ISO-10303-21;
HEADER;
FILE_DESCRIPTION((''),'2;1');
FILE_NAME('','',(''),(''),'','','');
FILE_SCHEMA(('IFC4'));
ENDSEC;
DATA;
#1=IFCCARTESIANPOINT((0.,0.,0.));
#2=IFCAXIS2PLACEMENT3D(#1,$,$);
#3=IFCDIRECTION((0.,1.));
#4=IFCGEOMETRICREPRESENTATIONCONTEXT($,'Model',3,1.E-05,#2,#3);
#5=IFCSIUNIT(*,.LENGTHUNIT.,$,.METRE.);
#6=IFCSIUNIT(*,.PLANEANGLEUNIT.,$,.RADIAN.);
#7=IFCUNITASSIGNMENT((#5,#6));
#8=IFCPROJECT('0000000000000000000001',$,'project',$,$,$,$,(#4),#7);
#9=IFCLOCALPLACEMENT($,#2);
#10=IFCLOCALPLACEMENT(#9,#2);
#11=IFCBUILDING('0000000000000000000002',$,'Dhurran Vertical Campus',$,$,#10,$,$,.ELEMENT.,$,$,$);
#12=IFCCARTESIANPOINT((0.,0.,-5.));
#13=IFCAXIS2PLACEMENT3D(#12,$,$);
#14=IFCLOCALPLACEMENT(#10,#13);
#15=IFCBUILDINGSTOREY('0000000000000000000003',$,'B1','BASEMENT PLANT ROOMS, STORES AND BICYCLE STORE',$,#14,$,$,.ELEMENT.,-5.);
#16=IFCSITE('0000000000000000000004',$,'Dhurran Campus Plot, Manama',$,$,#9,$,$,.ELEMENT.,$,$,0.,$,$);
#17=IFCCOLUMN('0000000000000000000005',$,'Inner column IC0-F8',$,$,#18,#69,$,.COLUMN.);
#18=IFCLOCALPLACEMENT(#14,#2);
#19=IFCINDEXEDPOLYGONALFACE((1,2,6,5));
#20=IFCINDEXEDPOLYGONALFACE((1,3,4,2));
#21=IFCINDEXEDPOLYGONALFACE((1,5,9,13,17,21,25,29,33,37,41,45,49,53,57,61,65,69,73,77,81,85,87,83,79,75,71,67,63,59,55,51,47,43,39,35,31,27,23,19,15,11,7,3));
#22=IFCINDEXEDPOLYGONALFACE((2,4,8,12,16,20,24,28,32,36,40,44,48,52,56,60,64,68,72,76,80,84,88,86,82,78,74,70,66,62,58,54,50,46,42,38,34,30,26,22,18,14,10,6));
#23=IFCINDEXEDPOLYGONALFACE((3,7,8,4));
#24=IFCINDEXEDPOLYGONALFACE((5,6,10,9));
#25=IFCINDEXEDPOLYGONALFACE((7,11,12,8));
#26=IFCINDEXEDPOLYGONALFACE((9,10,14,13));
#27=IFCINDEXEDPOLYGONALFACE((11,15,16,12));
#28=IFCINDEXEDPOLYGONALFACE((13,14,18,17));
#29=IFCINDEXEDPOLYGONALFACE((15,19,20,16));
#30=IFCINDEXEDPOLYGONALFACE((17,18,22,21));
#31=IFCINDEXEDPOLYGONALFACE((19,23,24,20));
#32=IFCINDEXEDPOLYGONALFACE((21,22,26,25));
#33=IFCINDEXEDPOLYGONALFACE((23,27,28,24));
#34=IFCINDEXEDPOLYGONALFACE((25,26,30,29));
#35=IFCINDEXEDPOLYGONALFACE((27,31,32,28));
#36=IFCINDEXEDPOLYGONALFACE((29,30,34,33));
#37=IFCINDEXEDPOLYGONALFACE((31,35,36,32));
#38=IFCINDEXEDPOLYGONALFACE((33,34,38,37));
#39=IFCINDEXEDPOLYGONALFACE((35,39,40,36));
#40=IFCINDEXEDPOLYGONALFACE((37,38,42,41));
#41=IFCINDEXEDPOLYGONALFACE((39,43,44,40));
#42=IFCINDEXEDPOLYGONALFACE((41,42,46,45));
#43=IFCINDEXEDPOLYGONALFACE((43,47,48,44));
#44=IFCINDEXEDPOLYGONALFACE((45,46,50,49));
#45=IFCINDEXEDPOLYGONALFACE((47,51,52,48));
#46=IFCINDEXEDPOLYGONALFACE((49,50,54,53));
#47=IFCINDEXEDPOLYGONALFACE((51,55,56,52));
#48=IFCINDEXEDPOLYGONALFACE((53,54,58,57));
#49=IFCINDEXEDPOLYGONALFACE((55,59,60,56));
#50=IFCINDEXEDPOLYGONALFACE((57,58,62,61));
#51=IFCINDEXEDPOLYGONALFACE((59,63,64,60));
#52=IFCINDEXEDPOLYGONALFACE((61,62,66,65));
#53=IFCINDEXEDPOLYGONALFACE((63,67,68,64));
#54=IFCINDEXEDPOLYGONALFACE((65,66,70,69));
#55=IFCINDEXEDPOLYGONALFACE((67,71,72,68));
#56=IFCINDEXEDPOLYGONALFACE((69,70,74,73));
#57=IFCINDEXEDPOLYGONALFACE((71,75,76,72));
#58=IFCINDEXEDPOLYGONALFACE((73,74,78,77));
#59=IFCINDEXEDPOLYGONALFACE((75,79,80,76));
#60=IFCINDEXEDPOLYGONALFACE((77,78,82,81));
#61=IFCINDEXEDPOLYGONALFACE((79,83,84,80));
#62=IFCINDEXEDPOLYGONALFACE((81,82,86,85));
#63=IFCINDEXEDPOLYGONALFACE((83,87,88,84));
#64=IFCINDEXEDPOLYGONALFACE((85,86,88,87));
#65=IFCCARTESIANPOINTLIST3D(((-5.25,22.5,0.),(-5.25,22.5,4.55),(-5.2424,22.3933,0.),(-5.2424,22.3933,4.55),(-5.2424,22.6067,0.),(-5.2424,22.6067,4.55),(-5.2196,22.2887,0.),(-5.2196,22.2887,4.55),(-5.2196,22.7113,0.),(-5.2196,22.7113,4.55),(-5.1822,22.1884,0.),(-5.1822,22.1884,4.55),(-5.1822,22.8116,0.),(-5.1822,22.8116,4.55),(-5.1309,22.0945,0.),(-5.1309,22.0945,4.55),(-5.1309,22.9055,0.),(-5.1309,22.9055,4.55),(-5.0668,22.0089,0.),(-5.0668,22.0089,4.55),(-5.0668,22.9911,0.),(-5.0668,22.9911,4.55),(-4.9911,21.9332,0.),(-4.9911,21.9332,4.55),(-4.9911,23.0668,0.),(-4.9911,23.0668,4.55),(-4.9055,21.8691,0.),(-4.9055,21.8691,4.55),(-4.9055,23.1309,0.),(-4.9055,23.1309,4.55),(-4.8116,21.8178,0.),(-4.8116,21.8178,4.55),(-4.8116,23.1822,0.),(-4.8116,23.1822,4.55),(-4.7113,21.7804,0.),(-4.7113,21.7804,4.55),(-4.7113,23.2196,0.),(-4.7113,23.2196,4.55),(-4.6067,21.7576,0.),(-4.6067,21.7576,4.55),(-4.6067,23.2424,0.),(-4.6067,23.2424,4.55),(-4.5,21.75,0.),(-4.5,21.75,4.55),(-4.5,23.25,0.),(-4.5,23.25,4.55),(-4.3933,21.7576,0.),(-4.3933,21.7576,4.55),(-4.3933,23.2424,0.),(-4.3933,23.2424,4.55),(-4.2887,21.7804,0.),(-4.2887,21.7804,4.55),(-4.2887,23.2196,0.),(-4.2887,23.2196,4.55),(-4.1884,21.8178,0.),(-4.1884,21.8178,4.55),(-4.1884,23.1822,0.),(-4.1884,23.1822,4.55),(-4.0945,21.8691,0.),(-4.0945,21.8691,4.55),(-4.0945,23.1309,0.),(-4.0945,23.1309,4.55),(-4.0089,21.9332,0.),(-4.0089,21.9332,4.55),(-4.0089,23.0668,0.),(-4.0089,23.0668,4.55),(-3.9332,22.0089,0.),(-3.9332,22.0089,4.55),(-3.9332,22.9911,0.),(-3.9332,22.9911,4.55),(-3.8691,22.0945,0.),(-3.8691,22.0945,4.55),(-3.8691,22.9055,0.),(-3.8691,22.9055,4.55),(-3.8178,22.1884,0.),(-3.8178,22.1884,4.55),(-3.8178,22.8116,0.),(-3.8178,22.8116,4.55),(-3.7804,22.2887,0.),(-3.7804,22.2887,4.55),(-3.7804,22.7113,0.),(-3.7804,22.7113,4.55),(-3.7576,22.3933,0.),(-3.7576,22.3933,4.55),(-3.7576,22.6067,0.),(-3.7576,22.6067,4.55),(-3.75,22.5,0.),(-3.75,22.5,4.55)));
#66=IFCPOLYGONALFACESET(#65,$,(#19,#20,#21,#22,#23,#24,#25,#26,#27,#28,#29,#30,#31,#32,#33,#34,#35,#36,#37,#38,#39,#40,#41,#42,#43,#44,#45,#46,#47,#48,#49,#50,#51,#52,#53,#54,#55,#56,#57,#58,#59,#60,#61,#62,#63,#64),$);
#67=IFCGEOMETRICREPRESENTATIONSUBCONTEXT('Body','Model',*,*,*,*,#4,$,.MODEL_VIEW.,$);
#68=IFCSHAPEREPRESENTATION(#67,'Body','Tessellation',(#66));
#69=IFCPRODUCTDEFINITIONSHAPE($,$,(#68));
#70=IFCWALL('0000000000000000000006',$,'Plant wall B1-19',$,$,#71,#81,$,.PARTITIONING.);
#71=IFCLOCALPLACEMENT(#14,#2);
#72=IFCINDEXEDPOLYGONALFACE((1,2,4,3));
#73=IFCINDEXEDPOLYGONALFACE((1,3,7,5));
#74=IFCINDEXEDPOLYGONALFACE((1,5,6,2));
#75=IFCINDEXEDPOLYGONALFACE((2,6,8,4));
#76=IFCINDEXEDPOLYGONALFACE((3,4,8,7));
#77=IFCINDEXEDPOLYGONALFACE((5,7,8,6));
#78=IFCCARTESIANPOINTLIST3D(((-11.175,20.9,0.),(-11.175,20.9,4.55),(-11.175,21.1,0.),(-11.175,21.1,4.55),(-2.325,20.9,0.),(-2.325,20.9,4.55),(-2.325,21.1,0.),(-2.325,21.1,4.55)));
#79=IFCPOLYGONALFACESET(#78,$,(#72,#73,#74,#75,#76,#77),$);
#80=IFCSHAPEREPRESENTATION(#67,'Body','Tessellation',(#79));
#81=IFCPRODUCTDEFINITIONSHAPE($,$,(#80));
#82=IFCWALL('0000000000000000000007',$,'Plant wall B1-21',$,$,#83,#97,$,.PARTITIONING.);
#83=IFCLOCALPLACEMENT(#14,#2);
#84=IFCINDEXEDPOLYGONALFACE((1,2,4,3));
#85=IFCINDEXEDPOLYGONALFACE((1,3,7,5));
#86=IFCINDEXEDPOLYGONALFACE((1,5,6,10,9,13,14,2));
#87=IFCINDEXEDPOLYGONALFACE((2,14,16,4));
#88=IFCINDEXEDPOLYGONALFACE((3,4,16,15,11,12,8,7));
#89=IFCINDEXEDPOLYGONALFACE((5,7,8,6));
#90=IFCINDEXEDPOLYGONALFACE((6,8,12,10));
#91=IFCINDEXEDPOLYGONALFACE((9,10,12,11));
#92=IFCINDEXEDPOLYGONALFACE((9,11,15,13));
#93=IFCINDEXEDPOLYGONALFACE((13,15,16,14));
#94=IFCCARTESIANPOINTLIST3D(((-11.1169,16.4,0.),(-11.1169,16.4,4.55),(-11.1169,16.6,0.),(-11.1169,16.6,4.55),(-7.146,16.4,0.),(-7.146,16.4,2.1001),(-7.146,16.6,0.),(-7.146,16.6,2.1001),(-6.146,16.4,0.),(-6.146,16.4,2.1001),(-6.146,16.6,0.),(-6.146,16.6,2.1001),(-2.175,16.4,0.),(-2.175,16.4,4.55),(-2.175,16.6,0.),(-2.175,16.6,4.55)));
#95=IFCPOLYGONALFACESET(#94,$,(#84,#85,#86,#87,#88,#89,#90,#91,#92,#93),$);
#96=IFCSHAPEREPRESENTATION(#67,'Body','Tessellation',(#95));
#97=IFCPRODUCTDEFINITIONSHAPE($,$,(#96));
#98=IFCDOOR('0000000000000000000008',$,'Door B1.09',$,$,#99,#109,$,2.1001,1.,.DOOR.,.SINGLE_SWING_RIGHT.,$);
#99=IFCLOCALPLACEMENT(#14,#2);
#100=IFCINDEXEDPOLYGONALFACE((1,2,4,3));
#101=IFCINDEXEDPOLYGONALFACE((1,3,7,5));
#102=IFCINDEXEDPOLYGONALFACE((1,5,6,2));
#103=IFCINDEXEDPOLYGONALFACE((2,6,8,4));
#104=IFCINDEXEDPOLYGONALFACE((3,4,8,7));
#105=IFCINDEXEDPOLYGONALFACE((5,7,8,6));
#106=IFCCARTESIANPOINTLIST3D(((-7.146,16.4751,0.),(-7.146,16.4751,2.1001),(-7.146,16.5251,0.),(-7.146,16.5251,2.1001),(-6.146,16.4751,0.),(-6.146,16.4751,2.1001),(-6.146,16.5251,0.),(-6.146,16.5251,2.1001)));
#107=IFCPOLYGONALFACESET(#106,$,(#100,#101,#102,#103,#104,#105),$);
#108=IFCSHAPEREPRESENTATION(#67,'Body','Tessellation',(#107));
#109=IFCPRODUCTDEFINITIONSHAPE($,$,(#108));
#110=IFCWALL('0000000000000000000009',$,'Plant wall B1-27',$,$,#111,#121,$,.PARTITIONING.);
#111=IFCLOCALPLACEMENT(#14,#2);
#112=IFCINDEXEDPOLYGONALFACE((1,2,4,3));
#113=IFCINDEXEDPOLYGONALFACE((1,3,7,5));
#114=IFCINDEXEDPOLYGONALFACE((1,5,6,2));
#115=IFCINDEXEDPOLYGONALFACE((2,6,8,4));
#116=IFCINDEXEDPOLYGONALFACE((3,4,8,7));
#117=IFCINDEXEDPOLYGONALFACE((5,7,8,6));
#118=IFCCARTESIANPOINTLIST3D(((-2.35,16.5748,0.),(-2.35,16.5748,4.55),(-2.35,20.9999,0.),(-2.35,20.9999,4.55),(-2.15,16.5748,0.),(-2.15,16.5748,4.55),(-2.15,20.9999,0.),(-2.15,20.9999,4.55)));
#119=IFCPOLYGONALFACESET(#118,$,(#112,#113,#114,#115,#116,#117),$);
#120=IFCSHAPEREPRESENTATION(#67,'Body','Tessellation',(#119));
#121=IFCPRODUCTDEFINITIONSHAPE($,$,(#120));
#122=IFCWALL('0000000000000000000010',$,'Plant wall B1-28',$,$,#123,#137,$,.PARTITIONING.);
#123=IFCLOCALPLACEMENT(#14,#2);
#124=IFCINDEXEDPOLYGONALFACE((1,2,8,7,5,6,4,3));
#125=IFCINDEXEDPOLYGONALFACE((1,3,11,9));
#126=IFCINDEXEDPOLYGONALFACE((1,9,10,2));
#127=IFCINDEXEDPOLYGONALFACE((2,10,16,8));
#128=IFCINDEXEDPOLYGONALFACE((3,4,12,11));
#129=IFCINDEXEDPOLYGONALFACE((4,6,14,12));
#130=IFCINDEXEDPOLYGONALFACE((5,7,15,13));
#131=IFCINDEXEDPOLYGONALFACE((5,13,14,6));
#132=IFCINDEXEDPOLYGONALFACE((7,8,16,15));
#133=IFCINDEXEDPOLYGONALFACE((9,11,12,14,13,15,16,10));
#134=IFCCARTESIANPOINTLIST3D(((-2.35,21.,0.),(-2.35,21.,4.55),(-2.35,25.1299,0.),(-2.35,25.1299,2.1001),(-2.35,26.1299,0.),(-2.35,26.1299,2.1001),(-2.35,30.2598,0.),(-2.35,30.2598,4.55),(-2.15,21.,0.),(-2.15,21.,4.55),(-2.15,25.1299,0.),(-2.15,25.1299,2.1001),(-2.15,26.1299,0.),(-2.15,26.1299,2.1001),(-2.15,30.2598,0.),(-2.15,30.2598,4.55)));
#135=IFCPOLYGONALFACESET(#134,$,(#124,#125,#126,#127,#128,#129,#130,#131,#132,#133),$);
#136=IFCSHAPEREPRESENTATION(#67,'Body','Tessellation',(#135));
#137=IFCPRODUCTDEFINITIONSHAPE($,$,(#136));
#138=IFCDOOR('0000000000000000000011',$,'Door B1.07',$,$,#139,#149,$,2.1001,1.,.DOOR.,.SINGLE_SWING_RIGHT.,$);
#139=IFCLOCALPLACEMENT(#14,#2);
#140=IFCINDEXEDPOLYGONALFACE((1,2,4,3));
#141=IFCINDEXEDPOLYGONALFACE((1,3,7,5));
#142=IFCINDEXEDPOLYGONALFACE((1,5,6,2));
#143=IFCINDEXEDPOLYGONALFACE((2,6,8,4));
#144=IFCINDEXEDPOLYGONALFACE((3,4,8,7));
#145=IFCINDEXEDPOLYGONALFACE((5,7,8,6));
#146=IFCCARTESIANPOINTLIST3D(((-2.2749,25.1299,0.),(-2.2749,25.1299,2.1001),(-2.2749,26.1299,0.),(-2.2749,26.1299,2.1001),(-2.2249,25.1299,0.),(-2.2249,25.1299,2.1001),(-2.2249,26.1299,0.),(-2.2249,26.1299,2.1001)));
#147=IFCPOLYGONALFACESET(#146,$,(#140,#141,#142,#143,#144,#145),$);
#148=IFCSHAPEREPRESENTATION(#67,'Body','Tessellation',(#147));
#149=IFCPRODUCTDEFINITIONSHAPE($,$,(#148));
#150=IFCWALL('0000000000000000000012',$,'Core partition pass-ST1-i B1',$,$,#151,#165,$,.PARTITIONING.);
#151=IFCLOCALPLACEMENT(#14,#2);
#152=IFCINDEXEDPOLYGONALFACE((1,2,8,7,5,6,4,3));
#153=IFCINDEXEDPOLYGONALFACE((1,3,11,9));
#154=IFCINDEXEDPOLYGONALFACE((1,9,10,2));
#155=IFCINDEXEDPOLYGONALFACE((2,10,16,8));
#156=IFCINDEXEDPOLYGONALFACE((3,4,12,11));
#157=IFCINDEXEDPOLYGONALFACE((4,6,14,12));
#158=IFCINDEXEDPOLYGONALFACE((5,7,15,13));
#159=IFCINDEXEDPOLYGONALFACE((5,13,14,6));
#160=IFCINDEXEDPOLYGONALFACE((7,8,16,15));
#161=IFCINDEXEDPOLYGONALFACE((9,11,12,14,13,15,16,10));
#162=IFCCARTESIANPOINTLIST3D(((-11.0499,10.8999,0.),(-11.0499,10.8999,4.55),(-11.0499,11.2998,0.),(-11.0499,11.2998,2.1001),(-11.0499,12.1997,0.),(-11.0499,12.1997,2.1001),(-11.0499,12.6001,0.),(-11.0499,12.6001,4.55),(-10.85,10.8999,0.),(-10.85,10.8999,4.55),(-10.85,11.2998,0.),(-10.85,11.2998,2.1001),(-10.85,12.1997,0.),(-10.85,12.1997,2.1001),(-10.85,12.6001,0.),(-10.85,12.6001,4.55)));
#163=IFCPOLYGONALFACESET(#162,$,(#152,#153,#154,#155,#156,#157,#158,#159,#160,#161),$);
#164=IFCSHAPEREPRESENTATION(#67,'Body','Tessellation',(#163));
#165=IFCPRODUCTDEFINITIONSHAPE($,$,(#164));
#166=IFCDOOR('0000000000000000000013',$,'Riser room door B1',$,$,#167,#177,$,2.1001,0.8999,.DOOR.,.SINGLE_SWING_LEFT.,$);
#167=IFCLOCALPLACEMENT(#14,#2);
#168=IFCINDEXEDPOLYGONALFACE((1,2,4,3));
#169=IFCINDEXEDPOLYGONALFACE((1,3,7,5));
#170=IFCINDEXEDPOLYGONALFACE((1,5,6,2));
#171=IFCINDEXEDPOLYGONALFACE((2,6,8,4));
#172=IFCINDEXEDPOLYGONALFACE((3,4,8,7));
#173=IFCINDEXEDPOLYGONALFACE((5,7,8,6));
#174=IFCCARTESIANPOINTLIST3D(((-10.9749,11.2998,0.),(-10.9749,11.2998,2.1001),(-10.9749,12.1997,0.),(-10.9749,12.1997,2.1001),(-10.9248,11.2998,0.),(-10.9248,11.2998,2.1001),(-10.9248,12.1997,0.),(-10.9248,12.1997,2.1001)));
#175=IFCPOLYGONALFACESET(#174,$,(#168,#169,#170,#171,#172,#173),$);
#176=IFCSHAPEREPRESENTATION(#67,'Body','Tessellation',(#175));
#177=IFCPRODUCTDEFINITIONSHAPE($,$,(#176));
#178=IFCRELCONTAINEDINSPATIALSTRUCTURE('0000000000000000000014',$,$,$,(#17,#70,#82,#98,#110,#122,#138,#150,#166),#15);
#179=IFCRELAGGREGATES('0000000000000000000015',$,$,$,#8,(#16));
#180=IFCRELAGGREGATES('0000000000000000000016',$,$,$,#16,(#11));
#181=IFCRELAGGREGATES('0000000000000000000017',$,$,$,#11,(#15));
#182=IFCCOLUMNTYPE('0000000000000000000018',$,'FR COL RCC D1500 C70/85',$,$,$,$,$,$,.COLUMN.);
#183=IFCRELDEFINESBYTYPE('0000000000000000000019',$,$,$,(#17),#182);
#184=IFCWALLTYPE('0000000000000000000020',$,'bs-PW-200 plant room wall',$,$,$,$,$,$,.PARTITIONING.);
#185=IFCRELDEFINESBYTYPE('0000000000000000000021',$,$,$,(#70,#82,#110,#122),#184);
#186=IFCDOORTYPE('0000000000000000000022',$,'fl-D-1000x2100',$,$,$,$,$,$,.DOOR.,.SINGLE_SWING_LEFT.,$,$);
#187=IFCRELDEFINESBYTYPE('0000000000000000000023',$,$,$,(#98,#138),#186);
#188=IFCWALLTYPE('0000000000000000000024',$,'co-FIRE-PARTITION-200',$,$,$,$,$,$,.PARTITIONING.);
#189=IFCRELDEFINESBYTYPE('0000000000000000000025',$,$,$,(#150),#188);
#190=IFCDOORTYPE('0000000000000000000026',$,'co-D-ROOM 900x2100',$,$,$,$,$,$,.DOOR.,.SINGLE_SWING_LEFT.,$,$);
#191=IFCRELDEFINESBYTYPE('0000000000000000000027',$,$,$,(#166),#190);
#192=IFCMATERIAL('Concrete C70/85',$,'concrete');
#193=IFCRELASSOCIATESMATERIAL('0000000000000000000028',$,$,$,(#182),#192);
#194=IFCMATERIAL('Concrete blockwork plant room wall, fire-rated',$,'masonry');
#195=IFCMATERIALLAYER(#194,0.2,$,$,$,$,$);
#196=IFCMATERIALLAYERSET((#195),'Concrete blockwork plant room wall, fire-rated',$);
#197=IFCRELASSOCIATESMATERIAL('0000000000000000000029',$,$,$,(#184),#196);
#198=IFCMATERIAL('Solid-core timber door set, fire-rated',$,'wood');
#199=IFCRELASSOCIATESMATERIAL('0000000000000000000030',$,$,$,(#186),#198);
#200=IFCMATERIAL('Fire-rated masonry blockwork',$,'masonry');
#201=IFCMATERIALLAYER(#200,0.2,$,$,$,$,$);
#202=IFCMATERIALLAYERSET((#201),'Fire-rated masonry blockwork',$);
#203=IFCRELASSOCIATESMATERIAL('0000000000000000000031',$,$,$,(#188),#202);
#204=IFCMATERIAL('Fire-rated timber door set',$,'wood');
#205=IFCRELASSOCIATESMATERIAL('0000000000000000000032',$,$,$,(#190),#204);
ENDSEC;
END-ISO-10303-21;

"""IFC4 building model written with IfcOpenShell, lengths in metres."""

from ifc_helpers import new_model, si_unit, direction, frame, frame_2d, origin, origin_2d, place, context, subcontext, project, spatial, rectangle, circle, extrude, material, layer, layer_set, material_profile, profile_set, type_object, element, fill, save


model = new_model("IFC4")

# Units and contexts
model_context = context("Model", 3, precision=1e-05, world=origin(), true_north=direction((0.0, 1.0)))
body_context = subcontext(model_context, "Body", "Model", "MODEL_VIEW")
ifc_project = project(units=[si_unit("LENGTHUNIT", "METRE"), si_unit("PLANEANGLEUNIT", "RADIAN")], contexts=[model_context])

# Site, building, storey
site_placement = place(None, origin())
site = spatial("IfcSite", under=ifc_project, at=site_placement, Name="Dhurran Campus Plot, Manama", CompositionType="ELEMENT", RefElevation=0.0)
building_placement = place(site_placement, origin())
building = spatial("IfcBuilding", under=site, at=building_placement, Name="Dhurran Vertical Campus", CompositionType="ELEMENT")
storey_placement = place(building_placement, frame((0.0, 0.0, -5.0)))
storey = spatial("IfcBuildingStorey", under=building, at=storey_placement, Name="B1", Description="BASEMENT PLANT ROOMS, STORES AND BICYCLE STORE", CompositionType="ELEMENT", Elevation=-5.0)

# Column
ifc_material_1 = material(Name="Concrete C70/85", Category="concrete")
ifc_material_profile_1 = material_profile(ifc_material_1, circle(Radius=0.75, at=origin_2d()), Name="RCC D1500")
ifc_profile_set_1 = profile_set([ifc_material_profile_1], Name="Concrete C70/85")
column_type_1 = type_object("IfcColumnType", Name="FR COL RCC D1500 C70/85", PredefinedType="COLUMN", material=ifc_profile_set_1)
column_placement = place(storey_placement, frame((-4.5, 22.5, 0.0), z_axis=(0.0, 0.0, 1.0), x_axis=(1.0, 0.0, 0.0)))
element("IfcColumn", 1, at=column_placement, inside=storey, type_object=column_type_1, Name="Inner column IC0-F8", PredefinedType="COLUMN", context=body_context, shape_type="SweptSolid", body=[
    extrude(circle(Radius=0.75, at=origin_2d()), origin(), (0.0, 0.0, 1.0), 4.55),
])

# Wall
ifc_material_2 = material(Name="Concrete blockwork plant room wall, fire-rated", Category="masonry")
ifc_layer_1 = layer(ifc_material_2, 0.2)
ifc_layer_set_1 = layer_set([ifc_layer_1], Name="Concrete blockwork plant room wall, fire-rated")
wall_type_1 = type_object("IfcWallType", Name="bs-PW-200 plant room wall", PredefinedType="PARTITIONING", material=ifc_layer_set_1)
wall_1_placement = place(storey_placement, frame((-2.325, 21.0, 0.0), z_axis=(0.0, 0.0, 1.0), x_axis=(-1.0, 0.0, 0.0)))
element("IfcWall", 2, at=wall_1_placement, inside=storey, type_object=wall_type_1, Name="Plant wall B1-19", PredefinedType="PARTITIONING", context=body_context, shape_type="SweptSolid", body=[
    extrude(rectangle(XDim=8.8501, YDim=0.2, at=frame_2d((4.425, 0.0))), origin(), (0.0, 0.0, 1.0), 4.55),
])

# Wall, opening, door
wall_2_placement = place(storey_placement, frame((-2.175, 16.5, 0.0), z_axis=(0.0, 0.0, 1.0), x_axis=(-1.0, 0.0, 0.0)))
wall_2 = element("IfcWall", 3, at=wall_2_placement, inside=storey, type_object=wall_type_1, Name="Plant wall B1-21", PredefinedType="PARTITIONING", context=body_context, shape_type="SweptSolid", body=[
    extrude(rectangle(XDim=8.9419, YDim=0.2, at=frame_2d((4.4709, 0.0))), origin(), (0.0, 0.0, 1.0), 4.55),
])
opening_1_placement = place(wall_2_placement, frame((3.9709, 0.0, 0.0)))
opening_1 = element("IfcOpeningElement", 4, at=opening_1_placement, cuts=wall_2, PredefinedType="OPENING", context=body_context, shape_type="SweptSolid", body=[
    extrude(rectangle(XDim=1.0, YDim=2.1001, at=frame_2d((0.5, 1.05))), frame((0.0, 0.1099, 0.0), z_axis=(0.0, -1.0, 0.0), x_axis=(1.0, 0.0, 0.0)), (0.0, 0.0, 1.0), 0.22),
])
ifc_material_3 = material(Name="Solid-core timber door set, fire-rated", Category="wood")
door_type_1 = type_object("IfcDoorType", Name="fl-D-1000x2100", OperationType="SINGLE_SWING_LEFT", PredefinedType="DOOR", material=ifc_material_3)
door_1_placement = place(opening_1_placement, origin())
door_1 = element("IfcDoor", 5, at=door_1_placement, inside=storey, type_object=door_type_1, Name="Door B1.09", OperationType="SINGLE_SWING_RIGHT", OverallHeight=2.1001, OverallWidth=1.0, PredefinedType="DOOR", context=body_context, shape_type="SweptSolid", body=[
    extrude(rectangle(XDim=1.0, YDim=2.1001, at=frame_2d((0.5, 1.05))), frame((0.0, 0.0249, 0.0), z_axis=(0.0, -1.0, 0.0), x_axis=(1.0, 0.0, 0.0)), (0.0, 0.0, 1.0), 0.05),
])
fill(opening_1, door_1)

# Wall
wall_3_placement = place(storey_placement, frame((-2.25, 16.575, 0.0), z_axis=(0.0, 0.0, 1.0), x_axis=(0.0, 1.0, 0.0)))
element("IfcWall", 6, at=wall_3_placement, inside=storey, type_object=wall_type_1, Name="Plant wall B1-27", PredefinedType="PARTITIONING", context=body_context, shape_type="SweptSolid", body=[
    extrude(rectangle(XDim=4.425, YDim=0.2, at=frame_2d((2.2124, 0.0))), origin(), (0.0, 0.0, 1.0), 4.55),
])

# Walls, openings, doors
wall_4_placement = place(storey_placement, frame((-2.25, 21.0, 0.0), z_axis=(0.0, 0.0, 1.0), x_axis=(0.0, 1.0, 0.0)))
wall_4 = element("IfcWall", 7, at=wall_4_placement, inside=storey, type_object=wall_type_1, Name="Plant wall B1-28", PredefinedType="PARTITIONING", context=body_context, shape_type="SweptSolid", body=[
    extrude(rectangle(XDim=9.2598, YDim=0.2, at=frame_2d((4.6299, 0.0))), origin(), (0.0, 0.0, 1.0), 4.55),
])
opening_2_placement = place(wall_4_placement, frame((4.1299, 0.0, 0.0)))
opening_2 = element("IfcOpeningElement", 8, at=opening_2_placement, cuts=wall_4, PredefinedType="OPENING", context=body_context, shape_type="SweptSolid", body=[
    extrude(rectangle(XDim=1.0, YDim=2.1001, at=frame_2d((0.5, 1.05))), frame((0.0, 0.1099, 0.0), z_axis=(0.0, -1.0, 0.0), x_axis=(1.0, 0.0, 0.0)), (0.0, 0.0, 1.0), 0.22),
])
door_2_placement = place(opening_2_placement, origin())
door_2 = element("IfcDoor", 9, at=door_2_placement, inside=storey, type_object=door_type_1, Name="Door B1.07", OperationType="SINGLE_SWING_RIGHT", OverallHeight=2.1001, OverallWidth=1.0, PredefinedType="DOOR", context=body_context, shape_type="SweptSolid", body=[
    extrude(rectangle(XDim=1.0, YDim=2.1001, at=frame_2d((0.5, 1.05))), frame((0.0, 0.0249, 0.0), z_axis=(0.0, -1.0, 0.0), x_axis=(1.0, 0.0, 0.0)), (0.0, 0.0, 1.0), 0.05),
])
fill(opening_2, door_2)
ifc_material_4 = material(Name="Fire-rated masonry blockwork", Category="masonry")
ifc_layer_2 = layer(ifc_material_4, 0.2)
ifc_layer_set_2 = layer_set([ifc_layer_2], Name="Fire-rated masonry blockwork")
wall_type_2 = type_object("IfcWallType", Name="co-FIRE-PARTITION-200", PredefinedType="PARTITIONING", material=ifc_layer_set_2)
wall_5_placement = place(storey_placement, frame((-10.95, 10.8999, 0.0), z_axis=(0.0, 0.0, 1.0), x_axis=(0.0, 1.0, 0.0)))
wall_5 = element("IfcWall", 10, at=wall_5_placement, inside=storey, type_object=wall_type_2, Name="Core partition pass-ST1-i B1", PredefinedType="PARTITIONING", context=body_context, shape_type="SweptSolid", body=[
    extrude(rectangle(XDim=1.7002, YDim=0.2, at=frame_2d((0.8501, 0.0))), origin(), (0.0, 0.0, 1.0), 4.55),
])
opening_3_placement = place(wall_5_placement, frame((0.3999, 0.0, 0.0)))
opening_3 = element("IfcOpeningElement", 11, at=opening_3_placement, cuts=wall_5, PredefinedType="OPENING", context=body_context, shape_type="SweptSolid", body=[
    extrude(rectangle(XDim=0.8999, YDim=2.1001, at=frame_2d((0.45, 1.05))), frame((0.0, 0.1099, 0.0), z_axis=(0.0, -1.0, 0.0), x_axis=(1.0, 0.0, 0.0)), (0.0, 0.0, 1.0), 0.22),
])
ifc_material_5 = material(Name="Fire-rated timber door set", Category="wood")
door_type_2 = type_object("IfcDoorType", Name="co-D-ROOM 900x2100", OperationType="SINGLE_SWING_LEFT", PredefinedType="DOOR", material=ifc_material_5)
door_3_placement = place(opening_3_placement, origin())
door_3 = element("IfcDoor", 12, at=door_3_placement, inside=storey, type_object=door_type_2, Name="Riser room door B1", OperationType="SINGLE_SWING_LEFT", OverallHeight=2.1001, OverallWidth=0.8999, PredefinedType="DOOR", context=body_context, shape_type="SweptSolid", body=[
    extrude(rectangle(XDim=0.8999, YDim=2.1001, at=frame_2d((0.45, 1.05))), frame((0.0, 0.0249, 0.0), z_axis=(0.0, -1.0, 0.0), x_axis=(1.0, 0.0, 0.0)), (0.0, 0.0, 1.0), 0.05),
])
fill(opening_3, door_3)

save(model, "model.ifc")
